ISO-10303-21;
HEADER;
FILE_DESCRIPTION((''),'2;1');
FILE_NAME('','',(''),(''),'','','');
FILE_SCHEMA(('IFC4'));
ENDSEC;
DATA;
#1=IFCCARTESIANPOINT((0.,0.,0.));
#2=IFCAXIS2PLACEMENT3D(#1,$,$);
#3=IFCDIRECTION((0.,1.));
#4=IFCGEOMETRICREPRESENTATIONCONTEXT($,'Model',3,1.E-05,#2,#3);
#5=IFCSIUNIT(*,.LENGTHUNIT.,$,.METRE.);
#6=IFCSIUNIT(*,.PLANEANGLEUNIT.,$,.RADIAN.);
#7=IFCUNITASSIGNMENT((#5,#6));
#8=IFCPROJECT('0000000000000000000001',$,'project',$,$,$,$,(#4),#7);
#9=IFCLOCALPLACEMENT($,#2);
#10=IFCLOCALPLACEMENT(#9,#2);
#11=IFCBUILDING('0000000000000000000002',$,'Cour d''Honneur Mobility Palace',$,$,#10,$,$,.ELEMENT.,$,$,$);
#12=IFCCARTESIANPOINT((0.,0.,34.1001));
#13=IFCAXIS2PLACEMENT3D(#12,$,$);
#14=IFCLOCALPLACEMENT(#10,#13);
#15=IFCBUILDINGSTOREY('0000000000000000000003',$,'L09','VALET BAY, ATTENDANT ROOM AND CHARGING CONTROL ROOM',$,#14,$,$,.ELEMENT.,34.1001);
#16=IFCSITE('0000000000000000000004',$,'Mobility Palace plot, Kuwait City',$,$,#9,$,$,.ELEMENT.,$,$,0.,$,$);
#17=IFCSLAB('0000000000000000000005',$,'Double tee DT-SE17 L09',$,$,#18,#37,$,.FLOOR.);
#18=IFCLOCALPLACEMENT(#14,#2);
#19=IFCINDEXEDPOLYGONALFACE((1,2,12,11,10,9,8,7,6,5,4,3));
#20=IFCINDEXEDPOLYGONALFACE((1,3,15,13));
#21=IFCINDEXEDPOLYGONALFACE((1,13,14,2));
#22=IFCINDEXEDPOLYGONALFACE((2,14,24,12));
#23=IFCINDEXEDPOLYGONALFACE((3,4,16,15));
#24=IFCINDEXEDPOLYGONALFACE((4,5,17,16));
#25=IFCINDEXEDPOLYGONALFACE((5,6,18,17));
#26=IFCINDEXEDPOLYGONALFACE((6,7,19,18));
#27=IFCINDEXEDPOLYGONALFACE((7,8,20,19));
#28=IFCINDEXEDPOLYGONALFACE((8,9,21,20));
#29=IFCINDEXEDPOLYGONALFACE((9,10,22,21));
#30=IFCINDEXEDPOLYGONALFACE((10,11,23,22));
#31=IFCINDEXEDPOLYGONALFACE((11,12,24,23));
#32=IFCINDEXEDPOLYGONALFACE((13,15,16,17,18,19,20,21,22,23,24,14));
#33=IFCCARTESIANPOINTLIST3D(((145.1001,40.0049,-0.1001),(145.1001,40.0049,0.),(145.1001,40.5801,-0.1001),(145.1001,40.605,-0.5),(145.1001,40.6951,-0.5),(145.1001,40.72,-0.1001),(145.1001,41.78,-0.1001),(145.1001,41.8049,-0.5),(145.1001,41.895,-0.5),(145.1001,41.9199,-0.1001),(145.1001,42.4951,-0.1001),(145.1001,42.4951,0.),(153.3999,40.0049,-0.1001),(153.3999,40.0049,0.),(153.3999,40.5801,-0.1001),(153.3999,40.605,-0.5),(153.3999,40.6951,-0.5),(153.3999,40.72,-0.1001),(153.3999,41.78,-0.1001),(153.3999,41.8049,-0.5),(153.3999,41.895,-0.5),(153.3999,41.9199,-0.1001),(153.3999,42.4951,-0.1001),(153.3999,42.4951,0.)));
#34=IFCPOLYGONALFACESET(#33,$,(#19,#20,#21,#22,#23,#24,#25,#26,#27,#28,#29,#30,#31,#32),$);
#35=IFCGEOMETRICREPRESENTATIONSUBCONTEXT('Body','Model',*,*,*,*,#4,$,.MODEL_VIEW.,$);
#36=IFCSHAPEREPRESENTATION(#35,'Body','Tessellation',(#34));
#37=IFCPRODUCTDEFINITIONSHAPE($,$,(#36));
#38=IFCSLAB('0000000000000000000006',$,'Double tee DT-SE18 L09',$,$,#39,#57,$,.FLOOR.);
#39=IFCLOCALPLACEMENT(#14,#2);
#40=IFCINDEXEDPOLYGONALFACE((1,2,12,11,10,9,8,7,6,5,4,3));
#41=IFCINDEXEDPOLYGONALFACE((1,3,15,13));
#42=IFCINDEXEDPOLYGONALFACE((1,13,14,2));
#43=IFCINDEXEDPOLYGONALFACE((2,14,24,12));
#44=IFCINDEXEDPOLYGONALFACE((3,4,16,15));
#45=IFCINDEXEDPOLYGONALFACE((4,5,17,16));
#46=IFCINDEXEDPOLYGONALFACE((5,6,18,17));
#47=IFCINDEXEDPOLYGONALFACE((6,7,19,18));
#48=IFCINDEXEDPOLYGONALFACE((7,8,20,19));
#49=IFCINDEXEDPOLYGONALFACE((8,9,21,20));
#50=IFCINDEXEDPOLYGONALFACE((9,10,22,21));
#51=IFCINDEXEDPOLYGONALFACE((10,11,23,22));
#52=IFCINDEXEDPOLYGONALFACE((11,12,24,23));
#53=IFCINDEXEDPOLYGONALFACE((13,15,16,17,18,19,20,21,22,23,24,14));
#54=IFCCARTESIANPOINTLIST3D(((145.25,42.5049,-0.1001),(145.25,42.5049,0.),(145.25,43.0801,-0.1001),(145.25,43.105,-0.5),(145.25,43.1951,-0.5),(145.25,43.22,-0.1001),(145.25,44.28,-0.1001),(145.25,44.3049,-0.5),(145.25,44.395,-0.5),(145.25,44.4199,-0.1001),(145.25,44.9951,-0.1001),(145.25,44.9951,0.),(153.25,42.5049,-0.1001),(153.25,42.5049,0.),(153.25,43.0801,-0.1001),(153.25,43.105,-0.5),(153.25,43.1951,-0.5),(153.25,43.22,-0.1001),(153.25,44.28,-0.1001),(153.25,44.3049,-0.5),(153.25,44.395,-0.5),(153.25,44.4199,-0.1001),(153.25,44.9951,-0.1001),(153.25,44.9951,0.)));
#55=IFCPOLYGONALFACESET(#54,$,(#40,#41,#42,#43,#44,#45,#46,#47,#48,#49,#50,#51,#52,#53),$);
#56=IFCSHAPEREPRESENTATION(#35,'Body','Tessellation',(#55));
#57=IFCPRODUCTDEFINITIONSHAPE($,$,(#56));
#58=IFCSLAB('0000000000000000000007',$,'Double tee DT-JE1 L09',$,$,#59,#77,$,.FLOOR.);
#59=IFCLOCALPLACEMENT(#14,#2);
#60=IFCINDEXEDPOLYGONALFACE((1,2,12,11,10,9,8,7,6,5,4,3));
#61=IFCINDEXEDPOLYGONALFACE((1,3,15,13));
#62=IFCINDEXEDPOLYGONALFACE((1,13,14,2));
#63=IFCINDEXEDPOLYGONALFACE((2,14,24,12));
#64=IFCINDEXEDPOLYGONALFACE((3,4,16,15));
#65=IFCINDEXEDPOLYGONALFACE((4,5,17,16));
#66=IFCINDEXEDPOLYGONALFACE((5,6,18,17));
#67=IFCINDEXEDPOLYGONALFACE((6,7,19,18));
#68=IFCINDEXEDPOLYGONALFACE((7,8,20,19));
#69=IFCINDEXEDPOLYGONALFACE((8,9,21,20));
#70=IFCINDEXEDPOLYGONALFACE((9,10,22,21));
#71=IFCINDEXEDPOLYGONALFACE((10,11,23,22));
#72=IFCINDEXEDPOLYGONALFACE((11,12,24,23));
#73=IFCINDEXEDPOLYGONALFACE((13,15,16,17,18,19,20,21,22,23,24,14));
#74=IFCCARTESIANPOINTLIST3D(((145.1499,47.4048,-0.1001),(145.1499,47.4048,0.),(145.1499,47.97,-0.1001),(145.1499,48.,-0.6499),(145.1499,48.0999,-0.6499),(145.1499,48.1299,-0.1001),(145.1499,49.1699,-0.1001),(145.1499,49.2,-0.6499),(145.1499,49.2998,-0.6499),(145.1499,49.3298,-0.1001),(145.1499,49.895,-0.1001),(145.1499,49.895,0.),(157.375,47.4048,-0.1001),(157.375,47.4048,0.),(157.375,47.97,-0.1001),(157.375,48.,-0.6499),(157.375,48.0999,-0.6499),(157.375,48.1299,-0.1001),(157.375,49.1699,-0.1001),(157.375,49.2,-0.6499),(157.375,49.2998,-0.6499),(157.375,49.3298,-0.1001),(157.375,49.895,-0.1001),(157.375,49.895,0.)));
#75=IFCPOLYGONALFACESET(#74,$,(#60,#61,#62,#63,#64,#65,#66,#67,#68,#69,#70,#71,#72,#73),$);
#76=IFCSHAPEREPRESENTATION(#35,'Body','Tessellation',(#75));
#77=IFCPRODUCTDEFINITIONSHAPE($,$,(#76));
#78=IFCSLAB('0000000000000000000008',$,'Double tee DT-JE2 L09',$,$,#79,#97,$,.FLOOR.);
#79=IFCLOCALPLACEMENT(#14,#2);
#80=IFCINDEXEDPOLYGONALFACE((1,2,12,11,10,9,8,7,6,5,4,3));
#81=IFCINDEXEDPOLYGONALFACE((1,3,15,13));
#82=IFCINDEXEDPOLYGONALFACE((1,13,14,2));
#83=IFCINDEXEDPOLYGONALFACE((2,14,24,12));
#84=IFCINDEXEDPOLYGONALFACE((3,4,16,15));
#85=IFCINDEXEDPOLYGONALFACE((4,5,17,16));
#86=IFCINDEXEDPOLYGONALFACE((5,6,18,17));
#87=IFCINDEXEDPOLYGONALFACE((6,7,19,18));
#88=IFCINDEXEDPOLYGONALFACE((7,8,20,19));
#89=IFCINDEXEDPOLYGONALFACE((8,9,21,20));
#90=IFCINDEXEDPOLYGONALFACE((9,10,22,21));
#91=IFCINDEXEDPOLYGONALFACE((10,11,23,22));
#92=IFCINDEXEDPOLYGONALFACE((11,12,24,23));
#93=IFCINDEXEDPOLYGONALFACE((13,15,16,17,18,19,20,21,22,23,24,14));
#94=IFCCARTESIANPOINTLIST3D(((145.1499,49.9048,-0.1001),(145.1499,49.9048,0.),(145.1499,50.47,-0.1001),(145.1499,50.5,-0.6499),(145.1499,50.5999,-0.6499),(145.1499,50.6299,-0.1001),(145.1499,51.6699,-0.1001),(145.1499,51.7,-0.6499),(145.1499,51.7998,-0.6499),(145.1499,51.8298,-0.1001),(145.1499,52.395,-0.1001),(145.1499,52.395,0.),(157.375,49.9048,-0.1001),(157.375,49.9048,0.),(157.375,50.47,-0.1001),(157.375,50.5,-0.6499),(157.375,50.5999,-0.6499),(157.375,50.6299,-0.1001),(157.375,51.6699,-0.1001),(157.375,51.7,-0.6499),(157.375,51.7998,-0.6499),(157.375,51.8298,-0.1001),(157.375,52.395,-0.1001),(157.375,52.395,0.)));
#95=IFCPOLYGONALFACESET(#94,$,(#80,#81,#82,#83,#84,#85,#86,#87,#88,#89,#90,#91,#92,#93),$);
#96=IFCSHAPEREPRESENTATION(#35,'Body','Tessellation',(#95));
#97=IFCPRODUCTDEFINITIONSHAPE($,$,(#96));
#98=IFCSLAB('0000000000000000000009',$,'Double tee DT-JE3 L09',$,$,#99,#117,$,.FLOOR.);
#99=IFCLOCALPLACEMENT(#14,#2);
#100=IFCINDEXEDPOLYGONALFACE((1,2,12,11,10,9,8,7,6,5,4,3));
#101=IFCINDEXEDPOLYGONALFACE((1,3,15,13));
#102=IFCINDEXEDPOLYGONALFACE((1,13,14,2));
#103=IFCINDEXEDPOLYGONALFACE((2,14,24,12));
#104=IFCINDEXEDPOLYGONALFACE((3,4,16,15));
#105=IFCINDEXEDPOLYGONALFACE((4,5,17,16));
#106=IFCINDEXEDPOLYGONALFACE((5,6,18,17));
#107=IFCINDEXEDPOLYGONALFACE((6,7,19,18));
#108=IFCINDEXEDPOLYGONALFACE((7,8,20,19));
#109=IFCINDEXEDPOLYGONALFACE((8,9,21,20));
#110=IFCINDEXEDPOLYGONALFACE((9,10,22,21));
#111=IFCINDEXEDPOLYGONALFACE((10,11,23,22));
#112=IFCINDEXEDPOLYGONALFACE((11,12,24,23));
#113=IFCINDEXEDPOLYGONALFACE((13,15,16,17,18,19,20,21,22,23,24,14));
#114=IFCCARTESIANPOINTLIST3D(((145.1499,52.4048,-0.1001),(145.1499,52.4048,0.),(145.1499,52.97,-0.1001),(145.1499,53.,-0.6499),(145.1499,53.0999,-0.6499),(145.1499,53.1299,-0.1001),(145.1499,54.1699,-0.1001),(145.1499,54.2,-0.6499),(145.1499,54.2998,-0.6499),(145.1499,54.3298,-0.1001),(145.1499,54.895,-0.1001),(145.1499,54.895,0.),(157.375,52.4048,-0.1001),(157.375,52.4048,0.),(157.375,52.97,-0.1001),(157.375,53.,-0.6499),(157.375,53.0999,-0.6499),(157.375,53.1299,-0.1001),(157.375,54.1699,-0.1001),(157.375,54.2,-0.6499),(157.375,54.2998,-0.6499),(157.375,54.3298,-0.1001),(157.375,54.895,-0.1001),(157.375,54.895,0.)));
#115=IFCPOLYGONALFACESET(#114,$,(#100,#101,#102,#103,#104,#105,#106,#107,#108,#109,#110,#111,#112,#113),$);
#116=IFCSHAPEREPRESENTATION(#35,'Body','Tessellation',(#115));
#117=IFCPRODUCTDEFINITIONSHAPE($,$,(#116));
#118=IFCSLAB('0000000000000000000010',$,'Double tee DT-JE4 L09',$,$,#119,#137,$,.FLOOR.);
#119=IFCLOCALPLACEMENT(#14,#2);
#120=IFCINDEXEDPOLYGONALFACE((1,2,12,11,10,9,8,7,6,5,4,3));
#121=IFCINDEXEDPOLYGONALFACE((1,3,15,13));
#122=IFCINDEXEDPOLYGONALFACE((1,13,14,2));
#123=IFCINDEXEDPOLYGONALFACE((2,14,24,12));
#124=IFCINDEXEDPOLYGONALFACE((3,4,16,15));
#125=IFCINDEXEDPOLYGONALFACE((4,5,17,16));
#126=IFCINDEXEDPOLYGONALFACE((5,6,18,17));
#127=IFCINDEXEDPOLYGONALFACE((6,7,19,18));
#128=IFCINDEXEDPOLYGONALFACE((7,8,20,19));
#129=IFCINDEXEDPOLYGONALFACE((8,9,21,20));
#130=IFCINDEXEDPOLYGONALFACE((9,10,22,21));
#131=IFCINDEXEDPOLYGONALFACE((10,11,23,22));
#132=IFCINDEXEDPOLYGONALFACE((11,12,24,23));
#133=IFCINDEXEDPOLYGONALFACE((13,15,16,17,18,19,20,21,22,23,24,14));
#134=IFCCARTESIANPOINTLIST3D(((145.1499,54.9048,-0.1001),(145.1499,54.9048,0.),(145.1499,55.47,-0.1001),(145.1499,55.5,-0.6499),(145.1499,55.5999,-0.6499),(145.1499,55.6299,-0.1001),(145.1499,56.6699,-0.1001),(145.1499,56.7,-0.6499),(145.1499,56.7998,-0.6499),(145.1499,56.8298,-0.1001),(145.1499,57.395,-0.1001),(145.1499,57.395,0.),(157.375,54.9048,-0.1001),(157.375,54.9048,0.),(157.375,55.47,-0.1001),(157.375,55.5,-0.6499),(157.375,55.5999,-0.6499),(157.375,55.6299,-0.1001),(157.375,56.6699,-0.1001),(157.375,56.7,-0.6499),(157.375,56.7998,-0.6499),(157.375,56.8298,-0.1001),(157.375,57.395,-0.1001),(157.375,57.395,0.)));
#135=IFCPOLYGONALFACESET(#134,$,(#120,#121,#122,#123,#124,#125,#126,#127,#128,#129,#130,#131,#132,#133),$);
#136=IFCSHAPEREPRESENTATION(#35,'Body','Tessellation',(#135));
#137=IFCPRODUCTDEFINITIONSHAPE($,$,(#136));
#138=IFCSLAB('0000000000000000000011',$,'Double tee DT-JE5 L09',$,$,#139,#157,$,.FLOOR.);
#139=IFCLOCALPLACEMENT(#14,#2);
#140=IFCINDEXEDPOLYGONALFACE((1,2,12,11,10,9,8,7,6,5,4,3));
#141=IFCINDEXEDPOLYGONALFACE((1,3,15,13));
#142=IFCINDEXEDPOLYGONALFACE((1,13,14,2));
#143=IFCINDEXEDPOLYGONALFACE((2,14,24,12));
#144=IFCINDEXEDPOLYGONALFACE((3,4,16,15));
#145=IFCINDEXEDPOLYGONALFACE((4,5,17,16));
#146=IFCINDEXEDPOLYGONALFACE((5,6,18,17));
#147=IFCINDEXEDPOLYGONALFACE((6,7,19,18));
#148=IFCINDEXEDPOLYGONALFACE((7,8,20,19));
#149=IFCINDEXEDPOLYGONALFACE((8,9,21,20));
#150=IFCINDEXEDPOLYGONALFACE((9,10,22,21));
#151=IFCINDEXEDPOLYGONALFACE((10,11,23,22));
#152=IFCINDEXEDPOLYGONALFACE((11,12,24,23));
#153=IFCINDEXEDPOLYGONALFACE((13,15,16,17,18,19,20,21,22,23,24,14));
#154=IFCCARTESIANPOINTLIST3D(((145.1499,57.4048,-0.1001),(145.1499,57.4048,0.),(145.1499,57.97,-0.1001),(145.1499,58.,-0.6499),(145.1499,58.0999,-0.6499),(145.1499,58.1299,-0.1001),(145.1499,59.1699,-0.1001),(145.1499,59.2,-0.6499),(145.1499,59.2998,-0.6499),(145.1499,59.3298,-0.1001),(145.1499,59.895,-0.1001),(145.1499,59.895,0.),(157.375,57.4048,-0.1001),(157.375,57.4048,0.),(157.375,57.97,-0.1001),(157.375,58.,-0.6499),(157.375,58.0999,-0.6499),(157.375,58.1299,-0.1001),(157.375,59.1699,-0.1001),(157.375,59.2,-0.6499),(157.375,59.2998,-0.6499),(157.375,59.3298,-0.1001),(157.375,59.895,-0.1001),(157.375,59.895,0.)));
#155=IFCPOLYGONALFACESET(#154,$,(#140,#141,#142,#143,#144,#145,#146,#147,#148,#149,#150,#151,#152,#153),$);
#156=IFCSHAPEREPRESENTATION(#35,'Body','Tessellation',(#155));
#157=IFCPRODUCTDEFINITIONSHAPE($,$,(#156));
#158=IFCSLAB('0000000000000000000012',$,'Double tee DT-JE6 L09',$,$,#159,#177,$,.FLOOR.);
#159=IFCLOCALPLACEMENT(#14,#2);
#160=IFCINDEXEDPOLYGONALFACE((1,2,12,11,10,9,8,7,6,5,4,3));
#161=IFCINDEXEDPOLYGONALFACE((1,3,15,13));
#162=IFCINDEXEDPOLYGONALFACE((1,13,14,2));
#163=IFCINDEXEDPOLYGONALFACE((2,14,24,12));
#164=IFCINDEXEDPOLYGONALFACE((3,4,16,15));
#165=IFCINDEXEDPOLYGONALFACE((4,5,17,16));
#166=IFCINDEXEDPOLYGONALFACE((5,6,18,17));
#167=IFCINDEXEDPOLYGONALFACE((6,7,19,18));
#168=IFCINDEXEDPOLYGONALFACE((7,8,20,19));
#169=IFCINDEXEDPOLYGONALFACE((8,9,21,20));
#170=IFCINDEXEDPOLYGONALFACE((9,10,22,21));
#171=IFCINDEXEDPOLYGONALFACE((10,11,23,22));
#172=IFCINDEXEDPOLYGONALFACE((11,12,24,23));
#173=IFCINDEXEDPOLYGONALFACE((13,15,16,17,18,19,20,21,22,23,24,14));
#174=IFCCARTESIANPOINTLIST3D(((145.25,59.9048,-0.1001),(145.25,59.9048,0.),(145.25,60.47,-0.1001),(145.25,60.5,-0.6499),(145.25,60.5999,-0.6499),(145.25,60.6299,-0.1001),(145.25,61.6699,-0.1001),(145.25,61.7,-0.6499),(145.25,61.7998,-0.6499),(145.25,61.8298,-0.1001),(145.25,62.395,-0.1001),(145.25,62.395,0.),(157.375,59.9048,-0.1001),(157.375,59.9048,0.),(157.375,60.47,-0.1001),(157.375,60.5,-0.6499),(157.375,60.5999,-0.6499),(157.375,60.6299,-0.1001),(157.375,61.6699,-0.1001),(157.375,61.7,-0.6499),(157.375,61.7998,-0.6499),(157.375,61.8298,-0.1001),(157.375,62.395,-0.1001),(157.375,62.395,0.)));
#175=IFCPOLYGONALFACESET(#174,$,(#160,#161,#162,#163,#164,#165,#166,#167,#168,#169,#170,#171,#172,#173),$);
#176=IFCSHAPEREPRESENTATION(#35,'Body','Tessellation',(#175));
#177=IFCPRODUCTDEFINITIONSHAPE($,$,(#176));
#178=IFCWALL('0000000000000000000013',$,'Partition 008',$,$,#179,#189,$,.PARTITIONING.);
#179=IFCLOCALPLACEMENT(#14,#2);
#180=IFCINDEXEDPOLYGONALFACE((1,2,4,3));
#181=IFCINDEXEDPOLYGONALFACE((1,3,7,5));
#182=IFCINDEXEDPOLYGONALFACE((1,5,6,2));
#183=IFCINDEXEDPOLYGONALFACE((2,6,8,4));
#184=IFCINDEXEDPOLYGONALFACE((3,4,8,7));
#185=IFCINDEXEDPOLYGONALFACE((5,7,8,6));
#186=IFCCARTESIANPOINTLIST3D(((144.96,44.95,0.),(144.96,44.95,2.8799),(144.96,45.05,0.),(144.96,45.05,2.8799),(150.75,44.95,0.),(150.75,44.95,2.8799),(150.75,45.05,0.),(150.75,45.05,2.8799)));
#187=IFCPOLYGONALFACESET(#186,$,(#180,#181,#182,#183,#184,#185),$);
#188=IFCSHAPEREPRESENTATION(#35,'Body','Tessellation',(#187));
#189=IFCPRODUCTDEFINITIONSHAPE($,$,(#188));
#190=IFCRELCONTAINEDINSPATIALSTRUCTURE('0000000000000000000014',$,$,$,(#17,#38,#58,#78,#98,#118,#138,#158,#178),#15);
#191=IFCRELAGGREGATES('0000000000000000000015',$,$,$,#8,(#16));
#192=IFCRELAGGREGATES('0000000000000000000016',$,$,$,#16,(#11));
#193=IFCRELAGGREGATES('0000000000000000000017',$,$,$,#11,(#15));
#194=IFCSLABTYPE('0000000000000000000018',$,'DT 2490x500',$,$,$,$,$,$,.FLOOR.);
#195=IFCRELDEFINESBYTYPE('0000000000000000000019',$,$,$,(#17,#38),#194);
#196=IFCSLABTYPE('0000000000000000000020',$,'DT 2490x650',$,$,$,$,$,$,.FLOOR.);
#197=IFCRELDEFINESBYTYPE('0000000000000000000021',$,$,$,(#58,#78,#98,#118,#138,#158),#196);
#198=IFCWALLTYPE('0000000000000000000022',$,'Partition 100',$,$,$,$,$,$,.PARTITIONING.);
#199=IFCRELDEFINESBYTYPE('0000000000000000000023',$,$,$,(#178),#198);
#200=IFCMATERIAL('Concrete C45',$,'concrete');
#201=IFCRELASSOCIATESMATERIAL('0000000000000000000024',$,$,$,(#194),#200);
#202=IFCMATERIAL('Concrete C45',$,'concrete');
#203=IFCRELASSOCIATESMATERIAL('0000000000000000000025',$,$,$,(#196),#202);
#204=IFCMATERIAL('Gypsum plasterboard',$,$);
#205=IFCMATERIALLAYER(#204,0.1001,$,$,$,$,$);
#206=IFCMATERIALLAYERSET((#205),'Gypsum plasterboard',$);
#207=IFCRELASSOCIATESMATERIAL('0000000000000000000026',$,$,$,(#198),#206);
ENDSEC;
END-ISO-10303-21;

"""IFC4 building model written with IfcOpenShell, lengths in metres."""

from ifc_helpers import new_model, si_unit, direction, frame, frame_2d, origin, place, context, subcontext, project, spatial, polyline, rectangle, outline, extrude, material, layer, layer_set, material_profile, profile_set, type_object, element, save


model = new_model("IFC4")

# Units and contexts
model_context = context("Model", 3, precision=1e-05, world=origin(), true_north=direction((0.0, 1.0)))
body_context = subcontext(model_context, "Body", "Model", "MODEL_VIEW")
ifc_project = project(units=[si_unit("LENGTHUNIT", "METRE"), si_unit("PLANEANGLEUNIT", "RADIAN")], contexts=[model_context])

# Site, building, storey
site_placement = place(None, origin())
site = spatial("IfcSite", under=ifc_project, at=site_placement, Name="Mobility Palace plot, Kuwait City", CompositionType="ELEMENT", RefElevation=0.0)
building_placement = place(site_placement, origin())
building = spatial("IfcBuilding", under=site, at=building_placement, Name="Cour d'Honneur Mobility Palace", CompositionType="ELEMENT")
storey_placement = place(building_placement, frame((0.0, 0.0, 34.1001)))
storey = spatial("IfcBuildingStorey", under=building, at=storey_placement, Name="L09", Description="VALET BAY, ATTENDANT ROOM AND CHARGING CONTROL ROOM", CompositionType="ELEMENT", Elevation=34.1001)

# Slabs
ifc_material_1 = material(Name="Concrete C45", Category="concrete")
ifc_material_profile_1 = material_profile(ifc_material_1, outline(polyline([(-1.2451, 0.0), (1.2451, 0.0), (1.2451, -0.1001), (0.6699, -0.1001), (0.645, -0.5), (0.5549, -0.5), (0.53, -0.1001), (-0.53, -0.1001), (-0.5549, -0.5), (-0.645, -0.5), (-0.6699, -0.1001), (-1.2451, -0.1001), (-1.2451, 0.0)])), Name="DT 2490x500")
ifc_profile_set_1 = profile_set([ifc_material_profile_1], Name="Concrete C45")
slab_type_1 = type_object("IfcSlabType", Name="DT 2490x500", PredefinedType="FLOOR", material=ifc_profile_set_1)
slab_1_placement = place(storey_placement, frame((145.1001, 41.25, 0.0), z_axis=(1.0, 0.0, 0.0), x_axis=(0.0, 1.0, 0.0)))
element("IfcSlab", 1, at=slab_1_placement, inside=storey, type_object=slab_type_1, Name="Double tee DT-SE17 L09", PredefinedType="FLOOR", context=body_context, shape_type="SweptSolid", body=[
    extrude(outline(polyline([(-1.2451, 0.0), (1.2451, 0.0), (1.2451, -0.1001), (0.6699, -0.1001), (0.645, -0.5), (0.5549, -0.5), (0.53, -0.1001), (-0.53, -0.1001), (-0.5549, -0.5), (-0.645, -0.5), (-0.6699, -0.1001), (-1.2451, -0.1001), (-1.2451, 0.0)])), origin(), (0.0, 0.0, 1.0), 8.2998),
])
slab_2_placement = place(storey_placement, frame((145.25, 43.75, 0.0), z_axis=(1.0, 0.0, 0.0), x_axis=(0.0, 1.0, 0.0)))
element("IfcSlab", 2, at=slab_2_placement, inside=storey, type_object=slab_type_1, Name="Double tee DT-SE18 L09", PredefinedType="FLOOR", context=body_context, shape_type="SweptSolid", body=[
    extrude(outline(polyline([(-1.2451, 0.0), (1.2451, 0.0), (1.2451, -0.1001), (0.6699, -0.1001), (0.645, -0.5), (0.5549, -0.5), (0.53, -0.1001), (-0.53, -0.1001), (-0.5549, -0.5), (-0.645, -0.5), (-0.6699, -0.1001), (-1.2451, -0.1001), (-1.2451, 0.0)])), origin(), (0.0, 0.0, 1.0), 8.0),
])
ifc_material_2 = material(Name="Concrete C45", Category="concrete")
ifc_material_profile_2 = material_profile(ifc_material_2, outline(polyline([(-1.2451, 0.0), (1.2451, 0.0), (1.2451, -0.1001), (0.6799, -0.1001), (0.6499, -0.6499), (0.55, -0.6499), (0.52, -0.1001), (-0.52, -0.1001), (-0.55, -0.6499), (-0.6499, -0.6499), (-0.6799, -0.1001), (-1.2451, -0.1001), (-1.2451, 0.0)])), Name="DT 2490x650")
ifc_profile_set_2 = profile_set([ifc_material_profile_2], Name="Concrete C45")
slab_type_2 = type_object("IfcSlabType", Name="DT 2490x650", PredefinedType="FLOOR", material=ifc_profile_set_2)
for number, where, z_axis, x_axis, name in (
    (3, (145.1499, 48.6499, 0.0), (1.0, 0.0, 0.0), (0.0, 1.0, 0.0), "Double tee DT-JE1 L09"),
    (4, (145.1499, 51.1499, 0.0), (1.0, 0.0, 0.0), (0.0, 1.0, 0.0), "Double tee DT-JE2 L09"),
    (5, (145.1499, 53.6499, 0.0), (1.0, 0.0, 0.0), (0.0, 1.0, 0.0), "Double tee DT-JE3 L09"),
    (6, (145.1499, 56.1499, 0.0), (1.0, 0.0, 0.0), (0.0, 1.0, 0.0), "Double tee DT-JE4 L09"),
    (7, (145.1499, 58.6499, 0.0), (1.0, 0.0, 0.0), (0.0, 1.0, 0.0), "Double tee DT-JE5 L09"),
):
    element("IfcSlab", number, at=place(storey_placement, frame(where, z_axis=z_axis, x_axis=x_axis)), inside=storey, type_object=slab_type_2, Name=name, PredefinedType="FLOOR", context=body_context, shape_type="SweptSolid", body=[
        extrude(outline(polyline([(-1.2451, 0.0), (1.2451, 0.0), (1.2451, -0.1001), (0.6799, -0.1001), (0.6499, -0.6499), (0.55, -0.6499), (0.52, -0.1001), (-0.52, -0.1001), (-0.55, -0.6499), (-0.6499, -0.6499), (-0.6799, -0.1001), (-1.2451, -0.1001), (-1.2451, 0.0)])), origin(), (0.0, 0.0, 1.0), 12.2251),
    ])
slab_3_placement = place(storey_placement, frame((145.25, 61.1499, 0.0), z_axis=(1.0, 0.0, 0.0), x_axis=(0.0, 1.0, 0.0)))
element("IfcSlab", 8, at=slab_3_placement, inside=storey, type_object=slab_type_2, Name="Double tee DT-JE6 L09", PredefinedType="FLOOR", context=body_context, shape_type="SweptSolid", body=[
    extrude(outline(polyline([(-1.2451, 0.0), (1.2451, 0.0), (1.2451, -0.1001), (0.6799, -0.1001), (0.6499, -0.6499), (0.55, -0.6499), (0.52, -0.1001), (-0.52, -0.1001), (-0.55, -0.6499), (-0.6499, -0.6499), (-0.6799, -0.1001), (-1.2451, -0.1001), (-1.2451, 0.0)])), origin(), (0.0, 0.0, 1.0), 12.125),
])

# Wall
ifc_material_3 = material(Name="Gypsum plasterboard")
ifc_layer_1 = layer(ifc_material_3, 0.1001)
ifc_layer_set_1 = layer_set([ifc_layer_1], Name="Gypsum plasterboard")
wall_type_1 = type_object("IfcWallType", Name="Partition 100", PredefinedType="PARTITIONING", material=ifc_layer_set_1)
wall_1_placement = place(storey_placement, frame((144.96, 45.0, 0.0), z_axis=(0.0, 0.0, 1.0), x_axis=(1.0, 0.0, 0.0)))
element("IfcWall", 9, at=wall_1_placement, inside=storey, type_object=wall_type_1, Name="Partition 008", PredefinedType="PARTITIONING", context=body_context, shape_type="SweptSolid", body=[
    extrude(rectangle(XDim=5.79, YDim=0.1001, at=frame_2d((2.895, 0.0))), origin(), (0.0, 0.0, 1.0), 2.8799),
])

save(model, "model.ifc")
